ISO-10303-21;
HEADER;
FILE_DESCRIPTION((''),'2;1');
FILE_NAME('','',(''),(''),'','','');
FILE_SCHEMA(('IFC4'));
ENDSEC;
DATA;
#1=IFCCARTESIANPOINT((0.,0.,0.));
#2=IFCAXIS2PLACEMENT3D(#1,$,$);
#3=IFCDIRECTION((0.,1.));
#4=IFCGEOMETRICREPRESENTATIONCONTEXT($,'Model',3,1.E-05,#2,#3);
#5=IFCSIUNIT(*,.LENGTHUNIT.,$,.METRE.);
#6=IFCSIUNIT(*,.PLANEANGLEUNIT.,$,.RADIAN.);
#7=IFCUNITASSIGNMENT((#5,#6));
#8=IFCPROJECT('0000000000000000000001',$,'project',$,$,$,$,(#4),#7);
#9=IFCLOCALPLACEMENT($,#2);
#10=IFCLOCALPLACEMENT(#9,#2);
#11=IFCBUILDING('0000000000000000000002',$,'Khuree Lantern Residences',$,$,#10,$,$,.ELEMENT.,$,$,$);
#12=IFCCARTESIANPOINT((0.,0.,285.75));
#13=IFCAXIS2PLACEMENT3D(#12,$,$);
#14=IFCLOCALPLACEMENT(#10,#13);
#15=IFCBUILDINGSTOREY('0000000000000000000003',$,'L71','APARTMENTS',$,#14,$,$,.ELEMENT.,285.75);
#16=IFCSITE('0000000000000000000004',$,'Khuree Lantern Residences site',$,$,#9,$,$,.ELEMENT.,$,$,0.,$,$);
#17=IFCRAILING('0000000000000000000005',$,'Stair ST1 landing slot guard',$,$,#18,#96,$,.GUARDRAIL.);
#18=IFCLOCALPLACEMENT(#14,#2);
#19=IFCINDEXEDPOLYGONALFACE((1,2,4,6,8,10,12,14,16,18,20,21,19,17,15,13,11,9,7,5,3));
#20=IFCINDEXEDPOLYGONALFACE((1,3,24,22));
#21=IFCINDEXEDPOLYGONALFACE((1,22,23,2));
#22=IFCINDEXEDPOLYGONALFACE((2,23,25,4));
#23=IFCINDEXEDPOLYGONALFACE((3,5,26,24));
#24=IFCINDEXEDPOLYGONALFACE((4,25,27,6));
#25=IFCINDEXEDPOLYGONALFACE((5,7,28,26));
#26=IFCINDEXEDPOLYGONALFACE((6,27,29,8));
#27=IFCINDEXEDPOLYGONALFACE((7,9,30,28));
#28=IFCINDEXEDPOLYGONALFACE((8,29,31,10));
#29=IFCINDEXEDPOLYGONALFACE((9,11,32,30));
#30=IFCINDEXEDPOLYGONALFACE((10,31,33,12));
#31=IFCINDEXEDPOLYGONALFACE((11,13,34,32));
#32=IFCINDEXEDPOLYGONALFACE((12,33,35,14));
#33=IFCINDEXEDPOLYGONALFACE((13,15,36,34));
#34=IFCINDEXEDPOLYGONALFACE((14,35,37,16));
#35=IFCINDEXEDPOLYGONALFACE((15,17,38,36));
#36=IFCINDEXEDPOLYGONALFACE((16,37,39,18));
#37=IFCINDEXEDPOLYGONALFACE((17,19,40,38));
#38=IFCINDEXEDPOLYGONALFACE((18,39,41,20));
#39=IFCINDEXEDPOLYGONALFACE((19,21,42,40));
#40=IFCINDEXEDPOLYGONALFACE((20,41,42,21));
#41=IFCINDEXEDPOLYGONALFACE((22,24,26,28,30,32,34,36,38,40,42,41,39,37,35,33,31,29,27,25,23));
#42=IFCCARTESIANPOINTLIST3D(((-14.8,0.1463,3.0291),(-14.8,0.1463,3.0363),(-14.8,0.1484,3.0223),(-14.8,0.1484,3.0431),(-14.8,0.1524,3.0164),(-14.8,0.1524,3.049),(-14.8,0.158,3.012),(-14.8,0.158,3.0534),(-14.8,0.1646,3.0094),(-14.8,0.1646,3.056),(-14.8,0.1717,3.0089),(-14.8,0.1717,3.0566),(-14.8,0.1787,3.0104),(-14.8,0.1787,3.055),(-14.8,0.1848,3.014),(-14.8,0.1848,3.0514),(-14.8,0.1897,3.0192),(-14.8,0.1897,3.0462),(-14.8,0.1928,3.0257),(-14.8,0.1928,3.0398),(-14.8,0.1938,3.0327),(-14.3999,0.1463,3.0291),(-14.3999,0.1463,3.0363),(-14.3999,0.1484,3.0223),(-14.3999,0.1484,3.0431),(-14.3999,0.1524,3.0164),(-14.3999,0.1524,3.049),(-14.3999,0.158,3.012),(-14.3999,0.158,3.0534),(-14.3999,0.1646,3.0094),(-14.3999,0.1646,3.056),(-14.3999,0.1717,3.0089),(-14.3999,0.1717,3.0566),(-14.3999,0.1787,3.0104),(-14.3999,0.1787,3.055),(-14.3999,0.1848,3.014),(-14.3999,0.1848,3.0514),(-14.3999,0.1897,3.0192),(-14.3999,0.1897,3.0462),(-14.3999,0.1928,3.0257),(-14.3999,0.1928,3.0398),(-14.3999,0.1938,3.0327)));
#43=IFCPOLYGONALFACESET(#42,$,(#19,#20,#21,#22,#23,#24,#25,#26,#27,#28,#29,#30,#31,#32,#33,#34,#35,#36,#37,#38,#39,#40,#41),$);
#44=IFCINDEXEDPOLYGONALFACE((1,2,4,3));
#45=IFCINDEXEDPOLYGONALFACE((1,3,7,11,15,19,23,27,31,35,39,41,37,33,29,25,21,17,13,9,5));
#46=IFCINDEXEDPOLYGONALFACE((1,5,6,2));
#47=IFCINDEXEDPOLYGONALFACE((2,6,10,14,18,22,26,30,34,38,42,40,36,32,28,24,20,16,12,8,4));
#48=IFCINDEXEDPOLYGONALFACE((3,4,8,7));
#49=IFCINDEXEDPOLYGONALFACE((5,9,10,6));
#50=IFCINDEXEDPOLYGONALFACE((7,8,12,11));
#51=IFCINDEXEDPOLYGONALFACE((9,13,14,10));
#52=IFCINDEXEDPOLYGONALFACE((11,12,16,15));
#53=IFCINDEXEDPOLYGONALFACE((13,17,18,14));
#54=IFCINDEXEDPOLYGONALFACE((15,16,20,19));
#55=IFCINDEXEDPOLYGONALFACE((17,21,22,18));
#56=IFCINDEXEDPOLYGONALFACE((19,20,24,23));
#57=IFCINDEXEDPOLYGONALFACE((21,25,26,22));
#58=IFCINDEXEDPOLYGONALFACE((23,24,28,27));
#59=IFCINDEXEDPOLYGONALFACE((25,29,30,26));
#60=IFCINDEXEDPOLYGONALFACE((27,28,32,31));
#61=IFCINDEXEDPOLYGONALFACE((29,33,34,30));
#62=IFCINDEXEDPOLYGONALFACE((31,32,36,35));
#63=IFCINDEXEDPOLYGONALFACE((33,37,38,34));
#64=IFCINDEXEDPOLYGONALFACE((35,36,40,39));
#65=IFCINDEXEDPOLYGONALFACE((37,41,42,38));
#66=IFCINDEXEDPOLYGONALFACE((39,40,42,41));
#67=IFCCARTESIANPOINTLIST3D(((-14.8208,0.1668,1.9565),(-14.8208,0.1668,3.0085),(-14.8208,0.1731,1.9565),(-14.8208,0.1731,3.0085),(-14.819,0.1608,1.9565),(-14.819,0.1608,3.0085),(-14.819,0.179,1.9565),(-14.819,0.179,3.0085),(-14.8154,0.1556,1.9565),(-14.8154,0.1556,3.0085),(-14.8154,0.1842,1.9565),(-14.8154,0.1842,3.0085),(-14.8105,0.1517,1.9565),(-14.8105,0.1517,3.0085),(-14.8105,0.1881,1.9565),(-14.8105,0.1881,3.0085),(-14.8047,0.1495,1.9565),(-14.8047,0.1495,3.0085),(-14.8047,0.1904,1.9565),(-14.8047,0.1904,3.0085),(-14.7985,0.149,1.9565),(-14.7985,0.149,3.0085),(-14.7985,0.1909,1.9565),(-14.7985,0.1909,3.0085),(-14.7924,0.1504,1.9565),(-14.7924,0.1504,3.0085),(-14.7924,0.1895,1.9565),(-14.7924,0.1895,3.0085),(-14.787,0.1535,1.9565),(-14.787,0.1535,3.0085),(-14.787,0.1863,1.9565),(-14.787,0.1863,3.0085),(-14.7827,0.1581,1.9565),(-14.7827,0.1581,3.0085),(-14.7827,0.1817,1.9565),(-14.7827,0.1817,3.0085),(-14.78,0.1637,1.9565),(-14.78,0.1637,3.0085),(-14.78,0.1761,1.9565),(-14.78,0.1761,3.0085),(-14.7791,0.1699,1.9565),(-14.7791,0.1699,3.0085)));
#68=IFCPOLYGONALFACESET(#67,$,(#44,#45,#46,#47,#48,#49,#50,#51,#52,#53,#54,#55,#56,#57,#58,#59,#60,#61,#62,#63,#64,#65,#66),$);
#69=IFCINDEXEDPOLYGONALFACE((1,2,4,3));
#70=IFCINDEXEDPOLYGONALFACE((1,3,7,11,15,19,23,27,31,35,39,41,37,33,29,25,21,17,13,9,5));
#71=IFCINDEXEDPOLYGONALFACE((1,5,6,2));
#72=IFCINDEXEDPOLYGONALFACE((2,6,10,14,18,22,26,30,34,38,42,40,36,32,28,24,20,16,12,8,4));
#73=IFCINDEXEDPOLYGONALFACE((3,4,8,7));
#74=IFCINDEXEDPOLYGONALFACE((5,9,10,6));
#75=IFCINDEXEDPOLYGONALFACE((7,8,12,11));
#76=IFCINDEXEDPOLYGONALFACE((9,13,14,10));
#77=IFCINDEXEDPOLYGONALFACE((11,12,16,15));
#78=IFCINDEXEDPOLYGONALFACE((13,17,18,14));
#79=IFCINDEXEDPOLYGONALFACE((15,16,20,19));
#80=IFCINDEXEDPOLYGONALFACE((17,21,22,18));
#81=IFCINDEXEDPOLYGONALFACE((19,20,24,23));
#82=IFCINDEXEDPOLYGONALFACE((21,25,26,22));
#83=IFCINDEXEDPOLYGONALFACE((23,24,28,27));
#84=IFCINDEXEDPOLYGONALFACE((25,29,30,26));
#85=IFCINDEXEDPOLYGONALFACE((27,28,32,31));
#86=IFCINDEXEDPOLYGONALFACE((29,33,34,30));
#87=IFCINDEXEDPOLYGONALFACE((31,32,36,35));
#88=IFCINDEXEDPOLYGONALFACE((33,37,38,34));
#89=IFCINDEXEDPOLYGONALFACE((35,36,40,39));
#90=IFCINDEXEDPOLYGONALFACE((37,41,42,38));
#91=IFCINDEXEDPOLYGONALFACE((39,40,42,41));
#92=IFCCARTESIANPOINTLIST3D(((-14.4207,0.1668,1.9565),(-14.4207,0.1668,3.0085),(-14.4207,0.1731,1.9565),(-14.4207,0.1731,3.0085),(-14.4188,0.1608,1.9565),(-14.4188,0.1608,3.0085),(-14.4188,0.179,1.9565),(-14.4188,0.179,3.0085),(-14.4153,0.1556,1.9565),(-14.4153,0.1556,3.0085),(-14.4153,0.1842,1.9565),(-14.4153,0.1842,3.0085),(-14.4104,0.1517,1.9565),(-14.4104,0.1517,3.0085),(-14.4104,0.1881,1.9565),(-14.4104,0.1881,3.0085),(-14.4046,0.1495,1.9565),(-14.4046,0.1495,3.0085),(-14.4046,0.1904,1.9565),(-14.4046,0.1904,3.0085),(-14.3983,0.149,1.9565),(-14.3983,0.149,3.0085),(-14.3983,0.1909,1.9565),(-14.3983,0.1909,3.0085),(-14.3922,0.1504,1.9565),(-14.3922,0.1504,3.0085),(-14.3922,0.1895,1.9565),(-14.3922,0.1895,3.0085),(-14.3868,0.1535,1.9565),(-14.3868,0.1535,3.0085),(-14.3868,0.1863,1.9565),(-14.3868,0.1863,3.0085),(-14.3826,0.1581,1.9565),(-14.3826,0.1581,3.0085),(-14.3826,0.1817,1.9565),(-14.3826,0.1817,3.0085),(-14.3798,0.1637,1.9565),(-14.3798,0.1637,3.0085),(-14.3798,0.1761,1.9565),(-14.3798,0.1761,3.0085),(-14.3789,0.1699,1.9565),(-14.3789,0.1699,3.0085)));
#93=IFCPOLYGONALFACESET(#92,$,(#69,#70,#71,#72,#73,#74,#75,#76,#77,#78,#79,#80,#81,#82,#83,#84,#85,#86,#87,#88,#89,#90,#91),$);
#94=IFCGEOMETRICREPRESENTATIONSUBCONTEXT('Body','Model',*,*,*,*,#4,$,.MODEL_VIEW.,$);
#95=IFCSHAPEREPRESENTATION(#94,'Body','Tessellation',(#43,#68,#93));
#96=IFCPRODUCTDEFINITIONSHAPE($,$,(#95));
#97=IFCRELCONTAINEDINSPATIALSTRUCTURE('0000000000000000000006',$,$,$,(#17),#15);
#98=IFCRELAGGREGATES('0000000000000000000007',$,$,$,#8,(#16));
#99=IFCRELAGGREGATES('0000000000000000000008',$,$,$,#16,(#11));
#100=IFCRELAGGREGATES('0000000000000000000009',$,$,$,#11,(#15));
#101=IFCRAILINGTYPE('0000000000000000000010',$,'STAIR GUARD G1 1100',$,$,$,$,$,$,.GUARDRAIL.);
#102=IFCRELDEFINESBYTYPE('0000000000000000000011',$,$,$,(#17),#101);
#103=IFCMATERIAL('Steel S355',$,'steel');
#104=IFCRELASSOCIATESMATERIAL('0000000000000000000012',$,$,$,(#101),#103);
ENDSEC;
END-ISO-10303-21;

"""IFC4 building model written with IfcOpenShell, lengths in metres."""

from ifc_helpers import new_model, si_unit, direction, frame, origin, origin_2d, place, context, subcontext, project, spatial, circle, extrude, material, type_object, element, save


model = new_model("IFC4")

# Units and contexts
model_context = context("Model", 3, precision=1e-05, world=origin(), true_north=direction((0.0, 1.0)))
body_context = subcontext(model_context, "Body", "Model", "MODEL_VIEW")
ifc_project = project(units=[si_unit("LENGTHUNIT", "METRE"), si_unit("PLANEANGLEUNIT", "RADIAN")], contexts=[model_context])

# Site, building, storey
site_placement = place(None, origin())
site = spatial("IfcSite", under=ifc_project, at=site_placement, Name="Khuree Lantern Residences site", CompositionType="ELEMENT", RefElevation=0.0)
building_placement = place(site_placement, origin())
building = spatial("IfcBuilding", under=site, at=building_placement, Name="Khuree Lantern Residences", CompositionType="ELEMENT")
storey_placement = place(building_placement, frame((0.0, 0.0, 285.75)))
storey = spatial("IfcBuildingStorey", under=building, at=storey_placement, Name="L71", Description="APARTMENTS", CompositionType="ELEMENT", Elevation=285.75)

# Railing
ifc_material_1 = material(Name="Steel S355", Category="steel")
railing_type = type_object("IfcRailingType", Name="STAIR GUARD G1 1100", PredefinedType="GUARDRAIL", material=ifc_material_1)
railing_placement = place(storey_placement, frame((-14.8, 0.1699, 1.9565)))
element("IfcRailing", 1, at=railing_placement, inside=storey, type_object=railing_type, Name="Stair ST1 landing slot guard", PredefinedType="GUARDRAIL", context=body_context, shape_type="SweptSolid", body=[
    extrude(circle(Radius=0.0239, at=origin_2d()), frame((0.0, 0.0, 1.0762), z_axis=(1.0, 0.0, 0.0), x_axis=(0.0, 1.0, 0.0)), (0.0, 0.0, 1.0), 0.4001),
    extrude(circle(Radius=0.021, at=origin_2d()), origin(), (0.0, 0.0, 1.0), 1.052),
    extrude(circle(Radius=0.021, at=origin_2d()), frame((0.4001, 0.0, 0.0)), (0.0, 0.0, 1.0), 1.052),
])

save(model, "model.ifc")
